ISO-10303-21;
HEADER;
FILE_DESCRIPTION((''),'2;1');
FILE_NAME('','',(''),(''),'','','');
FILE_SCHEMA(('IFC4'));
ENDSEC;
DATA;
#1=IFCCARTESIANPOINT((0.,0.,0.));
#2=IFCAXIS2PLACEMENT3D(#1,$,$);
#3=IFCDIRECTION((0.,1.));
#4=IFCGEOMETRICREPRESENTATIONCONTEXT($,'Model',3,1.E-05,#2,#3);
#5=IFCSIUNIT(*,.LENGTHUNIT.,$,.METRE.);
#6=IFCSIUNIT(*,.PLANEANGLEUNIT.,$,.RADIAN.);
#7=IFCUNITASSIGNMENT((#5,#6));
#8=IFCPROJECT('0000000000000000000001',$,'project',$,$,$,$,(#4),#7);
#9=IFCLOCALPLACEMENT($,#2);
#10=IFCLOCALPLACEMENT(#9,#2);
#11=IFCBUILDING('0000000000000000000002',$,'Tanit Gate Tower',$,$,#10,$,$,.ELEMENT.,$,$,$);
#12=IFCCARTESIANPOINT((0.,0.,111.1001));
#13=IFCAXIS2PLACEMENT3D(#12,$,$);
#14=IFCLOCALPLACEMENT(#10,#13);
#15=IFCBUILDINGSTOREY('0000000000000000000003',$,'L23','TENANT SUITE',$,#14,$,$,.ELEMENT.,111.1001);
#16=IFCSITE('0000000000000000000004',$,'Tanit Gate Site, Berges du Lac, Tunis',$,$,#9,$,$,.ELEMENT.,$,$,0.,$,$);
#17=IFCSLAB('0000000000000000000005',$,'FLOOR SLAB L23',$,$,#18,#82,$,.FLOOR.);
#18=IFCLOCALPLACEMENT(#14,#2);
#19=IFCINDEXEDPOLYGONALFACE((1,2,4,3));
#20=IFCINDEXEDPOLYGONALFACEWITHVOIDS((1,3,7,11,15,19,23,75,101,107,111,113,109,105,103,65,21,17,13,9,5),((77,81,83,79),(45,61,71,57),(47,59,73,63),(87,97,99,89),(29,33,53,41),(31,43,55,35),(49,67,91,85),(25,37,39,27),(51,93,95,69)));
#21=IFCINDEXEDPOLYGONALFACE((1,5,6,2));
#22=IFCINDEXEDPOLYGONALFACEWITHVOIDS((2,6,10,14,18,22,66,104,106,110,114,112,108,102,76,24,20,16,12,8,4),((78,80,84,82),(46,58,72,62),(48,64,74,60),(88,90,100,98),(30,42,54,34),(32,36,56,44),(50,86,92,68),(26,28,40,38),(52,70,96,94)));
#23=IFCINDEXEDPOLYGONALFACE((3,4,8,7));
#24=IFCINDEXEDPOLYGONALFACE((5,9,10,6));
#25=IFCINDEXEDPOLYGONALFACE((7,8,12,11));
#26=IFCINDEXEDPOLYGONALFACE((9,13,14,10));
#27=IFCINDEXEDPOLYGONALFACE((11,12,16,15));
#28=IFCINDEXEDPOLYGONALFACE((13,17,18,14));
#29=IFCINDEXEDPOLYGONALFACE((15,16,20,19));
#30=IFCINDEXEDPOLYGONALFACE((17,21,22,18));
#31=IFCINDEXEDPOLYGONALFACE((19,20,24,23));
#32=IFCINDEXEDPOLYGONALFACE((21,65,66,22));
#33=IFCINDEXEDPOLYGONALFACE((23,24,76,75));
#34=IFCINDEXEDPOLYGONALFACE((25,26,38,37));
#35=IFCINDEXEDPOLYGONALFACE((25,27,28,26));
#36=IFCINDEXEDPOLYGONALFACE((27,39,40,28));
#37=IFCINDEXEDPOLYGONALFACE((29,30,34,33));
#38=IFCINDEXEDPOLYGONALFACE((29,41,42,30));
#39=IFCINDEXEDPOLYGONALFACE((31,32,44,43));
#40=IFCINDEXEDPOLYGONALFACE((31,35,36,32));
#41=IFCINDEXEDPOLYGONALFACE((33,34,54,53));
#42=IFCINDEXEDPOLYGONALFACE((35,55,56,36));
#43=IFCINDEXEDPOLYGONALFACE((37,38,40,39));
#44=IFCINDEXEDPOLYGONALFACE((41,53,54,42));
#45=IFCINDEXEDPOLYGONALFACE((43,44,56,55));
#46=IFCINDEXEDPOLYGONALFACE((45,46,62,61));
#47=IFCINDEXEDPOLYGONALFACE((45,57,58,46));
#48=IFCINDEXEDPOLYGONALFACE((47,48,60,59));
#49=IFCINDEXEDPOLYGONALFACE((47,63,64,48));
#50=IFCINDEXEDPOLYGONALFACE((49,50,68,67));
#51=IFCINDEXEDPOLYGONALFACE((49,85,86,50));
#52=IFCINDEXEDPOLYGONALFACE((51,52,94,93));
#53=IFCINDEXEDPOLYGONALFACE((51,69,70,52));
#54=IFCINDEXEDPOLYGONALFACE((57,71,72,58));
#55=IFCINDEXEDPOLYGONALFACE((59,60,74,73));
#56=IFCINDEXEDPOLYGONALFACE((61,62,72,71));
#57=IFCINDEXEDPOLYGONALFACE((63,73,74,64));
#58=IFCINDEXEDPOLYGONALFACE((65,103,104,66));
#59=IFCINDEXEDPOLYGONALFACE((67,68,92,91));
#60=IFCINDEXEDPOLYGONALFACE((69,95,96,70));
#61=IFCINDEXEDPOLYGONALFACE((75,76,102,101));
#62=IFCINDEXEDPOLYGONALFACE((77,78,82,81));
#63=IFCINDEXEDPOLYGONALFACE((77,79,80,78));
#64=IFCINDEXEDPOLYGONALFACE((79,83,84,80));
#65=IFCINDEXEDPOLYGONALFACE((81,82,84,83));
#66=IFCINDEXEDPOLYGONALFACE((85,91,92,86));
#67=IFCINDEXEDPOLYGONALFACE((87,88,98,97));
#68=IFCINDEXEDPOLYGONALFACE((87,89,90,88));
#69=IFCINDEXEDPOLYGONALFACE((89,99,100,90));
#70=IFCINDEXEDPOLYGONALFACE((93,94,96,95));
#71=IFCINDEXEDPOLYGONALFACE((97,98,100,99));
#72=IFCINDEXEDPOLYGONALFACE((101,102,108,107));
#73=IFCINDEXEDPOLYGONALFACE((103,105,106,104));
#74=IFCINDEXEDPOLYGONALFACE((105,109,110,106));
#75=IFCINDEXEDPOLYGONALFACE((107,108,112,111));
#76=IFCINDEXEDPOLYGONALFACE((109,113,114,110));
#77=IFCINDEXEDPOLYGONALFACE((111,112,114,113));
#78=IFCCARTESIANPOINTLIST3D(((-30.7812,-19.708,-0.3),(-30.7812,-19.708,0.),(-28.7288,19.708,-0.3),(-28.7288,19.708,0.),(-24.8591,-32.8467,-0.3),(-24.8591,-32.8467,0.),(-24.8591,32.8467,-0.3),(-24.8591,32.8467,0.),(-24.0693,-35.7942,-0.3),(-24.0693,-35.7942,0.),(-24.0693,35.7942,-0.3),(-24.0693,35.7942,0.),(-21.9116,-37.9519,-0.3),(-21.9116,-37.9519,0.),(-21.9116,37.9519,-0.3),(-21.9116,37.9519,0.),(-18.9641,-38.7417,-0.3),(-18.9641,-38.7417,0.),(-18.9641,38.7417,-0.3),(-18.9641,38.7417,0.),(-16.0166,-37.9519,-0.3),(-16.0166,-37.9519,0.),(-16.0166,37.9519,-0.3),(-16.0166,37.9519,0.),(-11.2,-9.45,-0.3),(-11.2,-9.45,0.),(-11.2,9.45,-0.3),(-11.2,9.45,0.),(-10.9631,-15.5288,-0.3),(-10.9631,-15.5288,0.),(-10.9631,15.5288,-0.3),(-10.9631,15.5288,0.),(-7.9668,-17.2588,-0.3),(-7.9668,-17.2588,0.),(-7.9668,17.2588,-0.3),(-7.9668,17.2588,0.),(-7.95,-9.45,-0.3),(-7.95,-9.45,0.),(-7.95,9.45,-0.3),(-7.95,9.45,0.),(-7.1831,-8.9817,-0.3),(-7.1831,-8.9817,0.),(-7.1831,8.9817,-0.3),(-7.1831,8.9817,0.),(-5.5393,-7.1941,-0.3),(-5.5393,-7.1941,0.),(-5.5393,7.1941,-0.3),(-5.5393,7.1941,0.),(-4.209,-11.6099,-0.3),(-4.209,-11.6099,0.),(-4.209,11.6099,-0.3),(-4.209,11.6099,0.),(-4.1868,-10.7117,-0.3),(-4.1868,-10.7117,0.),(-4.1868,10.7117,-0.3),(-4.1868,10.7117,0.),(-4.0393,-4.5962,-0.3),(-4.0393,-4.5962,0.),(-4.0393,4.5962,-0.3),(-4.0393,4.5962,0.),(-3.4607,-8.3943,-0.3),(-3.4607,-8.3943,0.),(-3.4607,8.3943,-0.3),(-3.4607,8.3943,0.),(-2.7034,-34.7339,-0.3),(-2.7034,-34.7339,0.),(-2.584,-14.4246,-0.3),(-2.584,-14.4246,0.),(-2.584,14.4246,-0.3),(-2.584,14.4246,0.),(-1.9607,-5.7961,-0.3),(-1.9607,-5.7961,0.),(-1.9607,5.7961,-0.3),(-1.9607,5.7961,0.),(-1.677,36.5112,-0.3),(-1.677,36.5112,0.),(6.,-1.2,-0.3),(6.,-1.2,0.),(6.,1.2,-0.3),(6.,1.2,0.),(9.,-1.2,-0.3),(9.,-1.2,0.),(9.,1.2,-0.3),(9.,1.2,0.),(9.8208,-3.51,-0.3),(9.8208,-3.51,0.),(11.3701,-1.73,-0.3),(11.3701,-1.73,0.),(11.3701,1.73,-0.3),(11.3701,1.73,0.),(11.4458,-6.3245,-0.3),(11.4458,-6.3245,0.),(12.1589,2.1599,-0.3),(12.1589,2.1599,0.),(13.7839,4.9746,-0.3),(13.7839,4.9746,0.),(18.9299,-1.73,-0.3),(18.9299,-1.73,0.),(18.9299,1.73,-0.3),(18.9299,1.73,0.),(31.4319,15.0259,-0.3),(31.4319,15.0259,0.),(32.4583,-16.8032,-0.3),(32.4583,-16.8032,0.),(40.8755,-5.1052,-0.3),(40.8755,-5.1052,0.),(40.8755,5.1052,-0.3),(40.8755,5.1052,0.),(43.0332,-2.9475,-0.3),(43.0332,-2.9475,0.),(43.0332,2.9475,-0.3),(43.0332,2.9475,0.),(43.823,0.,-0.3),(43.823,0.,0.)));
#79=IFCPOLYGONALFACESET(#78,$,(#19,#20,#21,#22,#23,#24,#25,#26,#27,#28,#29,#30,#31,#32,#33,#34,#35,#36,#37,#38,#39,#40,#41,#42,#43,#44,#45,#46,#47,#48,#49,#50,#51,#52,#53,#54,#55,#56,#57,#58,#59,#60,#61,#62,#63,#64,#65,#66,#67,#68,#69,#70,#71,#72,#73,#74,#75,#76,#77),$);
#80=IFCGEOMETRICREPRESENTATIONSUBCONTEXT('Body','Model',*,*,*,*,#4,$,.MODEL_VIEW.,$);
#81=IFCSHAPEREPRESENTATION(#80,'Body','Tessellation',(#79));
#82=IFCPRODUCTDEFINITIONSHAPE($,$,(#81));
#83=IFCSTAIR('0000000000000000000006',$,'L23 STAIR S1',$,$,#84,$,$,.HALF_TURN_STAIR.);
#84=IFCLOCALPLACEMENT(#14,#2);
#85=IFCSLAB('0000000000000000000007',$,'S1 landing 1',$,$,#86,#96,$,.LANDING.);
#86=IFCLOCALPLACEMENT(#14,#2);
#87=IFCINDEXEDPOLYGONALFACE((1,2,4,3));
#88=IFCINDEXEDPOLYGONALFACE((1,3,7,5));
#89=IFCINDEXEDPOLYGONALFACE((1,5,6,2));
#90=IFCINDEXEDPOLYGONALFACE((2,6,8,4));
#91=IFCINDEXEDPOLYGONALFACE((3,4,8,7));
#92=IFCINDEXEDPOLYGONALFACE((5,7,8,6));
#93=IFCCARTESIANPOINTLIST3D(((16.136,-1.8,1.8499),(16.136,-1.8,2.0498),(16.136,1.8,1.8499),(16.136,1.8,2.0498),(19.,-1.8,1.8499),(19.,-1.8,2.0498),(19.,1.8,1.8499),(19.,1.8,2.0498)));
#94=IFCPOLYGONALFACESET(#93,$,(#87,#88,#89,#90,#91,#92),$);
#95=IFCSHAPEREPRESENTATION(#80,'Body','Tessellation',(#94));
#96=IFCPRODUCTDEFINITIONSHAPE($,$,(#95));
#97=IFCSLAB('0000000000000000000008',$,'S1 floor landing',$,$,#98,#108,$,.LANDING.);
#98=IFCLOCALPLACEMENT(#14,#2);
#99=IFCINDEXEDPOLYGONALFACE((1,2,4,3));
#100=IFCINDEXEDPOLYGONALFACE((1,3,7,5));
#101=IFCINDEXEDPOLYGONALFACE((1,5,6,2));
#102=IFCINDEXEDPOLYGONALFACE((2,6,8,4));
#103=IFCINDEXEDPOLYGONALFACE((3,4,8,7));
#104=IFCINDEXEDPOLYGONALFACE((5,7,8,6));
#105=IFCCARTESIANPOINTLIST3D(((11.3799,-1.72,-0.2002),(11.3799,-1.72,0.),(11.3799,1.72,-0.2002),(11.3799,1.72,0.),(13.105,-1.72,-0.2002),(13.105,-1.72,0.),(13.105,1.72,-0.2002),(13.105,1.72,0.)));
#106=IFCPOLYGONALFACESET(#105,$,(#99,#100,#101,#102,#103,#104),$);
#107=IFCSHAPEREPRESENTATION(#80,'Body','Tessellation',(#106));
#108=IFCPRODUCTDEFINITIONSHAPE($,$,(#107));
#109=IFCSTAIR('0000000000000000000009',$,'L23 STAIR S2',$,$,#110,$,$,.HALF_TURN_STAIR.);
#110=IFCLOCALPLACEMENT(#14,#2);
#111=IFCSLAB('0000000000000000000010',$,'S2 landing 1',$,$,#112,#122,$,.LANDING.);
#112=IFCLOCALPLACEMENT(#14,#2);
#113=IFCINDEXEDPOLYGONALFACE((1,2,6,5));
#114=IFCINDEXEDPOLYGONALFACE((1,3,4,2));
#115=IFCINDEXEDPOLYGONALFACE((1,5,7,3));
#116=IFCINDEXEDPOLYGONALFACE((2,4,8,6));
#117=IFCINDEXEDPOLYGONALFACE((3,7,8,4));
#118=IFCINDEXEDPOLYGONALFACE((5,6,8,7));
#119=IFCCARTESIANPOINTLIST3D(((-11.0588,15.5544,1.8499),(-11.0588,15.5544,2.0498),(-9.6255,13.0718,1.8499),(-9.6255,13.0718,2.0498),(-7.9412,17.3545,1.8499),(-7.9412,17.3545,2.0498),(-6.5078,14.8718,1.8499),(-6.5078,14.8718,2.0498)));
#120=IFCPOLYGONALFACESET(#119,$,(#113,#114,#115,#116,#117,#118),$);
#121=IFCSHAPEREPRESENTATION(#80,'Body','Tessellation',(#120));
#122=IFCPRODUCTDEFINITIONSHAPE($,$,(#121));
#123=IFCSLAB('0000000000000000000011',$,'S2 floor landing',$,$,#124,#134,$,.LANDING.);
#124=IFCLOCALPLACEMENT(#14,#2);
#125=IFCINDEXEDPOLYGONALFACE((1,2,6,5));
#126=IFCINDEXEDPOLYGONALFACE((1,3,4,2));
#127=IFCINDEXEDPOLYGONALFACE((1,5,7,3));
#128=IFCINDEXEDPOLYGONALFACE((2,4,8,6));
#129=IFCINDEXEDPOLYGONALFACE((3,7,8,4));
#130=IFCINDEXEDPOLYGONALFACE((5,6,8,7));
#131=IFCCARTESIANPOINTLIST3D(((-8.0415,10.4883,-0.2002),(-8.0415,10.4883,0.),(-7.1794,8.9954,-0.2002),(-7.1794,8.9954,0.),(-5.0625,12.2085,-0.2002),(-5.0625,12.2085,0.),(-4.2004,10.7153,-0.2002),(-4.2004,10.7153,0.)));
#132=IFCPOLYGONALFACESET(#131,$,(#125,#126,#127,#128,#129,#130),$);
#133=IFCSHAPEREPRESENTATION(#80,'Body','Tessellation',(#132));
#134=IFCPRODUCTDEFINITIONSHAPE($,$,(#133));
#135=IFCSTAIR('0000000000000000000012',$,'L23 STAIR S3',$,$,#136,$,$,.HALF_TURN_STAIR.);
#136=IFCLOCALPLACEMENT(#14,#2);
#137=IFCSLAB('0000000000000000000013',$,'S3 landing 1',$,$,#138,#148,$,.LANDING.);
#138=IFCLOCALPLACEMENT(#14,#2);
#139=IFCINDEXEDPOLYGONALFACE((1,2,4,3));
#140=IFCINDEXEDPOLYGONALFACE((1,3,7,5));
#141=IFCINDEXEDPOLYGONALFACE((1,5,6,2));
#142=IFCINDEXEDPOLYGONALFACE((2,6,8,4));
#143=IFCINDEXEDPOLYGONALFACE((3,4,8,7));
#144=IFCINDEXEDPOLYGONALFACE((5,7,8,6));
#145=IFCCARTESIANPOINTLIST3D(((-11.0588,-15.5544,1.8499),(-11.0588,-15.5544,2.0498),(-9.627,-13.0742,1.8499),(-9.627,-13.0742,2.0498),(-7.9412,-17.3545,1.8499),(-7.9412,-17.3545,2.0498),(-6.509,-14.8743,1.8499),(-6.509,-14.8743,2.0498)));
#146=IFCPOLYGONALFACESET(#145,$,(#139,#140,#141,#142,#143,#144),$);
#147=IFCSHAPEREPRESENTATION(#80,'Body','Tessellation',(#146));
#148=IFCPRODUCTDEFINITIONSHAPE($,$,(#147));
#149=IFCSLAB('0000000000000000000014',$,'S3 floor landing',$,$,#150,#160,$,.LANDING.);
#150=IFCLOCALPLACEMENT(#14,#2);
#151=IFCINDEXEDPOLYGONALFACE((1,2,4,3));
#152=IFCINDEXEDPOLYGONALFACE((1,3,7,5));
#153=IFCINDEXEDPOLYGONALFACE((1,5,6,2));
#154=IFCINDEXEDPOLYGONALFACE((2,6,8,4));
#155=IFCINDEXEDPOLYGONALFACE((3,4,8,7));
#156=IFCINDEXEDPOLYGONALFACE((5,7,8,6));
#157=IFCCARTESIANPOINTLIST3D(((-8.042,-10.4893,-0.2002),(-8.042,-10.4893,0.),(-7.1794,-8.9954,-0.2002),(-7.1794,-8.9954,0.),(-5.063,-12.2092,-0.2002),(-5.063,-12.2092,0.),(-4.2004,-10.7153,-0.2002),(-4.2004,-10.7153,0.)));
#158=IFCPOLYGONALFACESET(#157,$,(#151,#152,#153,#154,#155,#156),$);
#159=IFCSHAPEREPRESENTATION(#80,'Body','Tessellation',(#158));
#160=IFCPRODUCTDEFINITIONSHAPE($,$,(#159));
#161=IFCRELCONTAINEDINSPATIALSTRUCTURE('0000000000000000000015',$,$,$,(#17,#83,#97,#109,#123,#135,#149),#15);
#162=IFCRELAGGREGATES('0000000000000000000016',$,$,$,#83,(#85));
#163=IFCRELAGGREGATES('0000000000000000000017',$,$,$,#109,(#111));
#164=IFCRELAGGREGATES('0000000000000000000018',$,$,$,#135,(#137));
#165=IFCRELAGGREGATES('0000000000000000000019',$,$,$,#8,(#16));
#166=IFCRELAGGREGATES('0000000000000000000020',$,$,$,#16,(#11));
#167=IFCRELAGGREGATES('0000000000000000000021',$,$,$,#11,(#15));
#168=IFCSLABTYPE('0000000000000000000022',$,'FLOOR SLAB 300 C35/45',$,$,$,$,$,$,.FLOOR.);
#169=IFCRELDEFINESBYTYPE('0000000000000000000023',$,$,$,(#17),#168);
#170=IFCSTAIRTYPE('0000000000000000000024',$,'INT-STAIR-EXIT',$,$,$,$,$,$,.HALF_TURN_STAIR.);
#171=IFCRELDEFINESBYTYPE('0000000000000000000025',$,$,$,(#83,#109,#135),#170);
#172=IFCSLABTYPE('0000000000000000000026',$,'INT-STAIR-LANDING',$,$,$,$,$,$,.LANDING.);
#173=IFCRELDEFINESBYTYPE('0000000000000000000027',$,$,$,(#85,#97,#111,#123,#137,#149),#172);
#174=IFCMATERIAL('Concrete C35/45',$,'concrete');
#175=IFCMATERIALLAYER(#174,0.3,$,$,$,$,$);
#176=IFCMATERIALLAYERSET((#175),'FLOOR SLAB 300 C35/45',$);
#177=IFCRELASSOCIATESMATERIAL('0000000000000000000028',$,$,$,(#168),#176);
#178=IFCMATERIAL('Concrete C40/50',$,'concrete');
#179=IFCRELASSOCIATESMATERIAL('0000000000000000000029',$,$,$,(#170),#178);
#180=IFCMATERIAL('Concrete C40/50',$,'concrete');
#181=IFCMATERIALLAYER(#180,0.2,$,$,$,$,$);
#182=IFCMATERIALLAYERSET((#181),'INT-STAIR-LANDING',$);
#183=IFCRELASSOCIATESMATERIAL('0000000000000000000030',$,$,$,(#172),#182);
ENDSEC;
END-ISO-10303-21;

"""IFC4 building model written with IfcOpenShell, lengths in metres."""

from ifc_helpers import new_model, si_unit, direction, frame, origin, place, context, subcontext, project, spatial, polyline, outline, extrude, material, layer, layer_set, type_object, element, aggregate, save


model = new_model("IFC4")

# Units and contexts
model_context = context("Model", 3, precision=1e-05, world=origin(), true_north=direction((0.0, 1.0)))
body_context = subcontext(model_context, "Body", "Model", "MODEL_VIEW")
ifc_project = project(units=[si_unit("LENGTHUNIT", "METRE"), si_unit("PLANEANGLEUNIT", "RADIAN")], contexts=[model_context])

# Site, building, storey
site_placement = place(None, origin())
site = spatial("IfcSite", under=ifc_project, at=site_placement, Name="Tanit Gate Site, Berges du Lac, Tunis", CompositionType="ELEMENT", RefElevation=0.0)
building_placement = place(site_placement, origin())
building = spatial("IfcBuilding", under=site, at=building_placement, Name="Tanit Gate Tower", CompositionType="ELEMENT")
storey_placement = place(building_placement, frame((0.0, 0.0, 111.1001)))
storey = spatial("IfcBuildingStorey", under=building, at=storey_placement, Name="L23", Description="TENANT SUITE", CompositionType="ELEMENT", Elevation=111.1001)

# Slab
ifc_material_1 = material(Name="Concrete C35/45", Category="concrete")
ifc_layer_1 = layer(ifc_material_1, 0.3)
ifc_layer_set_1 = layer_set([ifc_layer_1], Name="FLOOR SLAB 300 C35/45")
slab_type_1 = type_object("IfcSlabType", Name="FLOOR SLAB 300 C35/45", PredefinedType="FLOOR", material=ifc_layer_set_1)
slab_1_placement = place(storey_placement, frame((0.0, 0.0, -0.3)))
element("IfcSlab", 1, at=slab_1_placement, inside=storey, type_object=slab_type_1, Name="FLOOR SLAB L23", PredefinedType="FLOOR", context=body_context, shape_type="SweptSolid", body=[
    extrude(outline(polyline([(40.8755, 5.1052), (43.0332, 2.9475), (43.823, 0.0), (43.0332, -2.9475), (40.8755, -5.1052), (32.4583, -16.8032), (-2.7034, -34.7339), (-16.0166, -37.9519), (-18.9641, -38.7417), (-21.9116, -37.9519), (-24.0693, -35.7942), (-24.8591, -32.8467), (-30.7812, -19.708), (-28.7288, 19.708), (-24.8591, 32.8467), (-24.0693, 35.7942), (-21.9116, 37.9519), (-18.9641, 38.7417), (-16.0166, 37.9519), (-1.677, 36.5112), (31.4319, 15.0259), (40.8755, 5.1052)]), holes=[polyline([(11.3701, 1.73), (18.9299, 1.73), (18.9299, -1.73), (11.3701, -1.73), (11.3701, 1.73)]), polyline([(-4.209, 11.6099), (-2.584, 14.4246), (13.7839, 4.9746), (12.1589, 2.1599), (-4.209, 11.6099)]), polyline([(-4.209, -11.6099), (9.8208, -3.51), (11.4458, -6.3245), (-2.584, -14.4246), (-4.209, -11.6099)]), polyline([(9.0, 1.2), (9.0, -1.2), (6.0, -1.2), (6.0, 1.2), (9.0, 1.2)]), polyline([(-5.5393, 7.1941), (-3.4607, 8.3943), (-1.9607, 5.7961), (-4.0393, 4.5962), (-5.5393, 7.1941)]), polyline([(-1.9607, -5.7961), (-3.4607, -8.3943), (-5.5393, -7.1941), (-4.0393, -4.5962), (-1.9607, -5.7961)]), polyline([(-10.9631, 15.5288), (-7.9668, 17.2588), (-4.1868, 10.7117), (-7.1831, 8.9817), (-10.9631, 15.5288)]), polyline([(-4.1868, -10.7117), (-7.9668, -17.2588), (-10.9631, -15.5288), (-7.1831, -8.9817), (-4.1868, -10.7117)]), polyline([(-11.2, -9.45), (-11.2, 9.45), (-7.95, 9.45), (-7.95, -9.45), (-11.2, -9.45)])]), origin(), (0.0, 0.0, 1.0), 0.3),
])

# Stair, slab
ifc_material_2 = material(Name="Concrete C40/50", Category="concrete")
stair_type = type_object("IfcStairType", Name="INT-STAIR-EXIT", PredefinedType="HALF_TURN_STAIR", material=ifc_material_2)
stair_1_placement = place(storey_placement, origin())
stair_1 = element("IfcStair", 2, at=stair_1_placement, inside=storey, type_object=stair_type, Name="L23 STAIR S1", PredefinedType="HALF_TURN_STAIR")
ifc_material_3 = material(Name="Concrete C40/50", Category="concrete")
ifc_layer_2 = layer(ifc_material_3, 0.2)
ifc_layer_set_2 = layer_set([ifc_layer_2], Name="INT-STAIR-LANDING")
slab_type_2 = type_object("IfcSlabType", Name="INT-STAIR-LANDING", PredefinedType="LANDING", material=ifc_layer_set_2)
slab_2_placement = place(storey_placement, frame((0.0, 0.0, 1.8499)))
slab_2 = element("IfcSlab", 3, at=slab_2_placement, type_object=slab_type_2, Name="S1 landing 1", PredefinedType="LANDING", context=body_context, shape_type="SweptSolid", body=[
    extrude(outline(polyline([(16.136, -1.8), (19.0, -1.8), (19.0, 1.8), (16.136, 1.8), (16.136, -1.8)])), origin(), (0.0, 0.0, 1.0), 0.2),
])
aggregate(stair_1, [slab_2])

# Slab
slab_3_placement = place(storey_placement, frame((0.0, 0.0, -0.2002)))
element("IfcSlab", 4, at=slab_3_placement, inside=storey, type_object=slab_type_2, Name="S1 floor landing", PredefinedType="LANDING", context=body_context, shape_type="SweptSolid", body=[
    extrude(outline(polyline([(11.3799, -1.72), (13.105, -1.72), (13.105, 1.72), (11.3799, 1.72), (11.3799, -1.72)])), origin(), (0.0, 0.0, 1.0), 0.2002),
])

# Stair, slab
stair_2_placement = place(storey_placement, origin())
stair_2 = element("IfcStair", 5, at=stair_2_placement, inside=storey, type_object=stair_type, Name="L23 STAIR S2", PredefinedType="HALF_TURN_STAIR")
slab_4_placement = place(storey_placement, frame((0.0, 0.0, 1.8499)))
slab_4 = element("IfcSlab", 6, at=slab_4_placement, type_object=slab_type_2, Name="S2 landing 1", PredefinedType="LANDING", context=body_context, shape_type="SweptSolid", body=[
    extrude(outline(polyline([(-6.5078, 14.8718), (-7.9412, 17.3545), (-11.0588, 15.5544), (-9.6255, 13.0718), (-6.5078, 14.8718)])), origin(), (0.0, 0.0, 1.0), 0.2),
])
aggregate(stair_2, [slab_4])

# Slab
slab_5_placement = place(storey_placement, frame((0.0, 0.0, -0.2002)))
element("IfcSlab", 7, at=slab_5_placement, inside=storey, type_object=slab_type_2, Name="S2 floor landing", PredefinedType="LANDING", context=body_context, shape_type="SweptSolid", body=[
    extrude(outline(polyline([(-4.2004, 10.7153), (-5.0625, 12.2085), (-8.0415, 10.4883), (-7.1794, 8.9954), (-4.2004, 10.7153)])), origin(), (0.0, 0.0, 1.0), 0.2002),
])

# Stair, slab
stair_3_placement = place(storey_placement, origin())
stair_3 = element("IfcStair", 8, at=stair_3_placement, inside=storey, type_object=stair_type, Name="L23 STAIR S3", PredefinedType="HALF_TURN_STAIR")
slab_6_placement = place(storey_placement, frame((0.0, 0.0, 1.8499)))
slab_6 = element("IfcSlab", 9, at=slab_6_placement, type_object=slab_type_2, Name="S3 landing 1", PredefinedType="LANDING", context=body_context, shape_type="SweptSolid", body=[
    extrude(outline(polyline([(-9.627, -13.0742), (-11.0588, -15.5544), (-7.9412, -17.3545), (-6.509, -14.8743), (-9.627, -13.0742)])), origin(), (0.0, 0.0, 1.0), 0.2),
])
aggregate(stair_3, [slab_6])

# Slab
slab_7_placement = place(storey_placement, frame((0.0, 0.0, -0.2002)))
element("IfcSlab", 10, at=slab_7_placement, inside=storey, type_object=slab_type_2, Name="S3 floor landing", PredefinedType="LANDING", context=body_context, shape_type="SweptSolid", body=[
    extrude(outline(polyline([(-7.1794, -8.9954), (-8.042, -10.4893), (-5.063, -12.2092), (-4.2004, -10.7153), (-7.1794, -8.9954)])), origin(), (0.0, 0.0, 1.0), 0.2002),
])

save(model, "model.ifc")
